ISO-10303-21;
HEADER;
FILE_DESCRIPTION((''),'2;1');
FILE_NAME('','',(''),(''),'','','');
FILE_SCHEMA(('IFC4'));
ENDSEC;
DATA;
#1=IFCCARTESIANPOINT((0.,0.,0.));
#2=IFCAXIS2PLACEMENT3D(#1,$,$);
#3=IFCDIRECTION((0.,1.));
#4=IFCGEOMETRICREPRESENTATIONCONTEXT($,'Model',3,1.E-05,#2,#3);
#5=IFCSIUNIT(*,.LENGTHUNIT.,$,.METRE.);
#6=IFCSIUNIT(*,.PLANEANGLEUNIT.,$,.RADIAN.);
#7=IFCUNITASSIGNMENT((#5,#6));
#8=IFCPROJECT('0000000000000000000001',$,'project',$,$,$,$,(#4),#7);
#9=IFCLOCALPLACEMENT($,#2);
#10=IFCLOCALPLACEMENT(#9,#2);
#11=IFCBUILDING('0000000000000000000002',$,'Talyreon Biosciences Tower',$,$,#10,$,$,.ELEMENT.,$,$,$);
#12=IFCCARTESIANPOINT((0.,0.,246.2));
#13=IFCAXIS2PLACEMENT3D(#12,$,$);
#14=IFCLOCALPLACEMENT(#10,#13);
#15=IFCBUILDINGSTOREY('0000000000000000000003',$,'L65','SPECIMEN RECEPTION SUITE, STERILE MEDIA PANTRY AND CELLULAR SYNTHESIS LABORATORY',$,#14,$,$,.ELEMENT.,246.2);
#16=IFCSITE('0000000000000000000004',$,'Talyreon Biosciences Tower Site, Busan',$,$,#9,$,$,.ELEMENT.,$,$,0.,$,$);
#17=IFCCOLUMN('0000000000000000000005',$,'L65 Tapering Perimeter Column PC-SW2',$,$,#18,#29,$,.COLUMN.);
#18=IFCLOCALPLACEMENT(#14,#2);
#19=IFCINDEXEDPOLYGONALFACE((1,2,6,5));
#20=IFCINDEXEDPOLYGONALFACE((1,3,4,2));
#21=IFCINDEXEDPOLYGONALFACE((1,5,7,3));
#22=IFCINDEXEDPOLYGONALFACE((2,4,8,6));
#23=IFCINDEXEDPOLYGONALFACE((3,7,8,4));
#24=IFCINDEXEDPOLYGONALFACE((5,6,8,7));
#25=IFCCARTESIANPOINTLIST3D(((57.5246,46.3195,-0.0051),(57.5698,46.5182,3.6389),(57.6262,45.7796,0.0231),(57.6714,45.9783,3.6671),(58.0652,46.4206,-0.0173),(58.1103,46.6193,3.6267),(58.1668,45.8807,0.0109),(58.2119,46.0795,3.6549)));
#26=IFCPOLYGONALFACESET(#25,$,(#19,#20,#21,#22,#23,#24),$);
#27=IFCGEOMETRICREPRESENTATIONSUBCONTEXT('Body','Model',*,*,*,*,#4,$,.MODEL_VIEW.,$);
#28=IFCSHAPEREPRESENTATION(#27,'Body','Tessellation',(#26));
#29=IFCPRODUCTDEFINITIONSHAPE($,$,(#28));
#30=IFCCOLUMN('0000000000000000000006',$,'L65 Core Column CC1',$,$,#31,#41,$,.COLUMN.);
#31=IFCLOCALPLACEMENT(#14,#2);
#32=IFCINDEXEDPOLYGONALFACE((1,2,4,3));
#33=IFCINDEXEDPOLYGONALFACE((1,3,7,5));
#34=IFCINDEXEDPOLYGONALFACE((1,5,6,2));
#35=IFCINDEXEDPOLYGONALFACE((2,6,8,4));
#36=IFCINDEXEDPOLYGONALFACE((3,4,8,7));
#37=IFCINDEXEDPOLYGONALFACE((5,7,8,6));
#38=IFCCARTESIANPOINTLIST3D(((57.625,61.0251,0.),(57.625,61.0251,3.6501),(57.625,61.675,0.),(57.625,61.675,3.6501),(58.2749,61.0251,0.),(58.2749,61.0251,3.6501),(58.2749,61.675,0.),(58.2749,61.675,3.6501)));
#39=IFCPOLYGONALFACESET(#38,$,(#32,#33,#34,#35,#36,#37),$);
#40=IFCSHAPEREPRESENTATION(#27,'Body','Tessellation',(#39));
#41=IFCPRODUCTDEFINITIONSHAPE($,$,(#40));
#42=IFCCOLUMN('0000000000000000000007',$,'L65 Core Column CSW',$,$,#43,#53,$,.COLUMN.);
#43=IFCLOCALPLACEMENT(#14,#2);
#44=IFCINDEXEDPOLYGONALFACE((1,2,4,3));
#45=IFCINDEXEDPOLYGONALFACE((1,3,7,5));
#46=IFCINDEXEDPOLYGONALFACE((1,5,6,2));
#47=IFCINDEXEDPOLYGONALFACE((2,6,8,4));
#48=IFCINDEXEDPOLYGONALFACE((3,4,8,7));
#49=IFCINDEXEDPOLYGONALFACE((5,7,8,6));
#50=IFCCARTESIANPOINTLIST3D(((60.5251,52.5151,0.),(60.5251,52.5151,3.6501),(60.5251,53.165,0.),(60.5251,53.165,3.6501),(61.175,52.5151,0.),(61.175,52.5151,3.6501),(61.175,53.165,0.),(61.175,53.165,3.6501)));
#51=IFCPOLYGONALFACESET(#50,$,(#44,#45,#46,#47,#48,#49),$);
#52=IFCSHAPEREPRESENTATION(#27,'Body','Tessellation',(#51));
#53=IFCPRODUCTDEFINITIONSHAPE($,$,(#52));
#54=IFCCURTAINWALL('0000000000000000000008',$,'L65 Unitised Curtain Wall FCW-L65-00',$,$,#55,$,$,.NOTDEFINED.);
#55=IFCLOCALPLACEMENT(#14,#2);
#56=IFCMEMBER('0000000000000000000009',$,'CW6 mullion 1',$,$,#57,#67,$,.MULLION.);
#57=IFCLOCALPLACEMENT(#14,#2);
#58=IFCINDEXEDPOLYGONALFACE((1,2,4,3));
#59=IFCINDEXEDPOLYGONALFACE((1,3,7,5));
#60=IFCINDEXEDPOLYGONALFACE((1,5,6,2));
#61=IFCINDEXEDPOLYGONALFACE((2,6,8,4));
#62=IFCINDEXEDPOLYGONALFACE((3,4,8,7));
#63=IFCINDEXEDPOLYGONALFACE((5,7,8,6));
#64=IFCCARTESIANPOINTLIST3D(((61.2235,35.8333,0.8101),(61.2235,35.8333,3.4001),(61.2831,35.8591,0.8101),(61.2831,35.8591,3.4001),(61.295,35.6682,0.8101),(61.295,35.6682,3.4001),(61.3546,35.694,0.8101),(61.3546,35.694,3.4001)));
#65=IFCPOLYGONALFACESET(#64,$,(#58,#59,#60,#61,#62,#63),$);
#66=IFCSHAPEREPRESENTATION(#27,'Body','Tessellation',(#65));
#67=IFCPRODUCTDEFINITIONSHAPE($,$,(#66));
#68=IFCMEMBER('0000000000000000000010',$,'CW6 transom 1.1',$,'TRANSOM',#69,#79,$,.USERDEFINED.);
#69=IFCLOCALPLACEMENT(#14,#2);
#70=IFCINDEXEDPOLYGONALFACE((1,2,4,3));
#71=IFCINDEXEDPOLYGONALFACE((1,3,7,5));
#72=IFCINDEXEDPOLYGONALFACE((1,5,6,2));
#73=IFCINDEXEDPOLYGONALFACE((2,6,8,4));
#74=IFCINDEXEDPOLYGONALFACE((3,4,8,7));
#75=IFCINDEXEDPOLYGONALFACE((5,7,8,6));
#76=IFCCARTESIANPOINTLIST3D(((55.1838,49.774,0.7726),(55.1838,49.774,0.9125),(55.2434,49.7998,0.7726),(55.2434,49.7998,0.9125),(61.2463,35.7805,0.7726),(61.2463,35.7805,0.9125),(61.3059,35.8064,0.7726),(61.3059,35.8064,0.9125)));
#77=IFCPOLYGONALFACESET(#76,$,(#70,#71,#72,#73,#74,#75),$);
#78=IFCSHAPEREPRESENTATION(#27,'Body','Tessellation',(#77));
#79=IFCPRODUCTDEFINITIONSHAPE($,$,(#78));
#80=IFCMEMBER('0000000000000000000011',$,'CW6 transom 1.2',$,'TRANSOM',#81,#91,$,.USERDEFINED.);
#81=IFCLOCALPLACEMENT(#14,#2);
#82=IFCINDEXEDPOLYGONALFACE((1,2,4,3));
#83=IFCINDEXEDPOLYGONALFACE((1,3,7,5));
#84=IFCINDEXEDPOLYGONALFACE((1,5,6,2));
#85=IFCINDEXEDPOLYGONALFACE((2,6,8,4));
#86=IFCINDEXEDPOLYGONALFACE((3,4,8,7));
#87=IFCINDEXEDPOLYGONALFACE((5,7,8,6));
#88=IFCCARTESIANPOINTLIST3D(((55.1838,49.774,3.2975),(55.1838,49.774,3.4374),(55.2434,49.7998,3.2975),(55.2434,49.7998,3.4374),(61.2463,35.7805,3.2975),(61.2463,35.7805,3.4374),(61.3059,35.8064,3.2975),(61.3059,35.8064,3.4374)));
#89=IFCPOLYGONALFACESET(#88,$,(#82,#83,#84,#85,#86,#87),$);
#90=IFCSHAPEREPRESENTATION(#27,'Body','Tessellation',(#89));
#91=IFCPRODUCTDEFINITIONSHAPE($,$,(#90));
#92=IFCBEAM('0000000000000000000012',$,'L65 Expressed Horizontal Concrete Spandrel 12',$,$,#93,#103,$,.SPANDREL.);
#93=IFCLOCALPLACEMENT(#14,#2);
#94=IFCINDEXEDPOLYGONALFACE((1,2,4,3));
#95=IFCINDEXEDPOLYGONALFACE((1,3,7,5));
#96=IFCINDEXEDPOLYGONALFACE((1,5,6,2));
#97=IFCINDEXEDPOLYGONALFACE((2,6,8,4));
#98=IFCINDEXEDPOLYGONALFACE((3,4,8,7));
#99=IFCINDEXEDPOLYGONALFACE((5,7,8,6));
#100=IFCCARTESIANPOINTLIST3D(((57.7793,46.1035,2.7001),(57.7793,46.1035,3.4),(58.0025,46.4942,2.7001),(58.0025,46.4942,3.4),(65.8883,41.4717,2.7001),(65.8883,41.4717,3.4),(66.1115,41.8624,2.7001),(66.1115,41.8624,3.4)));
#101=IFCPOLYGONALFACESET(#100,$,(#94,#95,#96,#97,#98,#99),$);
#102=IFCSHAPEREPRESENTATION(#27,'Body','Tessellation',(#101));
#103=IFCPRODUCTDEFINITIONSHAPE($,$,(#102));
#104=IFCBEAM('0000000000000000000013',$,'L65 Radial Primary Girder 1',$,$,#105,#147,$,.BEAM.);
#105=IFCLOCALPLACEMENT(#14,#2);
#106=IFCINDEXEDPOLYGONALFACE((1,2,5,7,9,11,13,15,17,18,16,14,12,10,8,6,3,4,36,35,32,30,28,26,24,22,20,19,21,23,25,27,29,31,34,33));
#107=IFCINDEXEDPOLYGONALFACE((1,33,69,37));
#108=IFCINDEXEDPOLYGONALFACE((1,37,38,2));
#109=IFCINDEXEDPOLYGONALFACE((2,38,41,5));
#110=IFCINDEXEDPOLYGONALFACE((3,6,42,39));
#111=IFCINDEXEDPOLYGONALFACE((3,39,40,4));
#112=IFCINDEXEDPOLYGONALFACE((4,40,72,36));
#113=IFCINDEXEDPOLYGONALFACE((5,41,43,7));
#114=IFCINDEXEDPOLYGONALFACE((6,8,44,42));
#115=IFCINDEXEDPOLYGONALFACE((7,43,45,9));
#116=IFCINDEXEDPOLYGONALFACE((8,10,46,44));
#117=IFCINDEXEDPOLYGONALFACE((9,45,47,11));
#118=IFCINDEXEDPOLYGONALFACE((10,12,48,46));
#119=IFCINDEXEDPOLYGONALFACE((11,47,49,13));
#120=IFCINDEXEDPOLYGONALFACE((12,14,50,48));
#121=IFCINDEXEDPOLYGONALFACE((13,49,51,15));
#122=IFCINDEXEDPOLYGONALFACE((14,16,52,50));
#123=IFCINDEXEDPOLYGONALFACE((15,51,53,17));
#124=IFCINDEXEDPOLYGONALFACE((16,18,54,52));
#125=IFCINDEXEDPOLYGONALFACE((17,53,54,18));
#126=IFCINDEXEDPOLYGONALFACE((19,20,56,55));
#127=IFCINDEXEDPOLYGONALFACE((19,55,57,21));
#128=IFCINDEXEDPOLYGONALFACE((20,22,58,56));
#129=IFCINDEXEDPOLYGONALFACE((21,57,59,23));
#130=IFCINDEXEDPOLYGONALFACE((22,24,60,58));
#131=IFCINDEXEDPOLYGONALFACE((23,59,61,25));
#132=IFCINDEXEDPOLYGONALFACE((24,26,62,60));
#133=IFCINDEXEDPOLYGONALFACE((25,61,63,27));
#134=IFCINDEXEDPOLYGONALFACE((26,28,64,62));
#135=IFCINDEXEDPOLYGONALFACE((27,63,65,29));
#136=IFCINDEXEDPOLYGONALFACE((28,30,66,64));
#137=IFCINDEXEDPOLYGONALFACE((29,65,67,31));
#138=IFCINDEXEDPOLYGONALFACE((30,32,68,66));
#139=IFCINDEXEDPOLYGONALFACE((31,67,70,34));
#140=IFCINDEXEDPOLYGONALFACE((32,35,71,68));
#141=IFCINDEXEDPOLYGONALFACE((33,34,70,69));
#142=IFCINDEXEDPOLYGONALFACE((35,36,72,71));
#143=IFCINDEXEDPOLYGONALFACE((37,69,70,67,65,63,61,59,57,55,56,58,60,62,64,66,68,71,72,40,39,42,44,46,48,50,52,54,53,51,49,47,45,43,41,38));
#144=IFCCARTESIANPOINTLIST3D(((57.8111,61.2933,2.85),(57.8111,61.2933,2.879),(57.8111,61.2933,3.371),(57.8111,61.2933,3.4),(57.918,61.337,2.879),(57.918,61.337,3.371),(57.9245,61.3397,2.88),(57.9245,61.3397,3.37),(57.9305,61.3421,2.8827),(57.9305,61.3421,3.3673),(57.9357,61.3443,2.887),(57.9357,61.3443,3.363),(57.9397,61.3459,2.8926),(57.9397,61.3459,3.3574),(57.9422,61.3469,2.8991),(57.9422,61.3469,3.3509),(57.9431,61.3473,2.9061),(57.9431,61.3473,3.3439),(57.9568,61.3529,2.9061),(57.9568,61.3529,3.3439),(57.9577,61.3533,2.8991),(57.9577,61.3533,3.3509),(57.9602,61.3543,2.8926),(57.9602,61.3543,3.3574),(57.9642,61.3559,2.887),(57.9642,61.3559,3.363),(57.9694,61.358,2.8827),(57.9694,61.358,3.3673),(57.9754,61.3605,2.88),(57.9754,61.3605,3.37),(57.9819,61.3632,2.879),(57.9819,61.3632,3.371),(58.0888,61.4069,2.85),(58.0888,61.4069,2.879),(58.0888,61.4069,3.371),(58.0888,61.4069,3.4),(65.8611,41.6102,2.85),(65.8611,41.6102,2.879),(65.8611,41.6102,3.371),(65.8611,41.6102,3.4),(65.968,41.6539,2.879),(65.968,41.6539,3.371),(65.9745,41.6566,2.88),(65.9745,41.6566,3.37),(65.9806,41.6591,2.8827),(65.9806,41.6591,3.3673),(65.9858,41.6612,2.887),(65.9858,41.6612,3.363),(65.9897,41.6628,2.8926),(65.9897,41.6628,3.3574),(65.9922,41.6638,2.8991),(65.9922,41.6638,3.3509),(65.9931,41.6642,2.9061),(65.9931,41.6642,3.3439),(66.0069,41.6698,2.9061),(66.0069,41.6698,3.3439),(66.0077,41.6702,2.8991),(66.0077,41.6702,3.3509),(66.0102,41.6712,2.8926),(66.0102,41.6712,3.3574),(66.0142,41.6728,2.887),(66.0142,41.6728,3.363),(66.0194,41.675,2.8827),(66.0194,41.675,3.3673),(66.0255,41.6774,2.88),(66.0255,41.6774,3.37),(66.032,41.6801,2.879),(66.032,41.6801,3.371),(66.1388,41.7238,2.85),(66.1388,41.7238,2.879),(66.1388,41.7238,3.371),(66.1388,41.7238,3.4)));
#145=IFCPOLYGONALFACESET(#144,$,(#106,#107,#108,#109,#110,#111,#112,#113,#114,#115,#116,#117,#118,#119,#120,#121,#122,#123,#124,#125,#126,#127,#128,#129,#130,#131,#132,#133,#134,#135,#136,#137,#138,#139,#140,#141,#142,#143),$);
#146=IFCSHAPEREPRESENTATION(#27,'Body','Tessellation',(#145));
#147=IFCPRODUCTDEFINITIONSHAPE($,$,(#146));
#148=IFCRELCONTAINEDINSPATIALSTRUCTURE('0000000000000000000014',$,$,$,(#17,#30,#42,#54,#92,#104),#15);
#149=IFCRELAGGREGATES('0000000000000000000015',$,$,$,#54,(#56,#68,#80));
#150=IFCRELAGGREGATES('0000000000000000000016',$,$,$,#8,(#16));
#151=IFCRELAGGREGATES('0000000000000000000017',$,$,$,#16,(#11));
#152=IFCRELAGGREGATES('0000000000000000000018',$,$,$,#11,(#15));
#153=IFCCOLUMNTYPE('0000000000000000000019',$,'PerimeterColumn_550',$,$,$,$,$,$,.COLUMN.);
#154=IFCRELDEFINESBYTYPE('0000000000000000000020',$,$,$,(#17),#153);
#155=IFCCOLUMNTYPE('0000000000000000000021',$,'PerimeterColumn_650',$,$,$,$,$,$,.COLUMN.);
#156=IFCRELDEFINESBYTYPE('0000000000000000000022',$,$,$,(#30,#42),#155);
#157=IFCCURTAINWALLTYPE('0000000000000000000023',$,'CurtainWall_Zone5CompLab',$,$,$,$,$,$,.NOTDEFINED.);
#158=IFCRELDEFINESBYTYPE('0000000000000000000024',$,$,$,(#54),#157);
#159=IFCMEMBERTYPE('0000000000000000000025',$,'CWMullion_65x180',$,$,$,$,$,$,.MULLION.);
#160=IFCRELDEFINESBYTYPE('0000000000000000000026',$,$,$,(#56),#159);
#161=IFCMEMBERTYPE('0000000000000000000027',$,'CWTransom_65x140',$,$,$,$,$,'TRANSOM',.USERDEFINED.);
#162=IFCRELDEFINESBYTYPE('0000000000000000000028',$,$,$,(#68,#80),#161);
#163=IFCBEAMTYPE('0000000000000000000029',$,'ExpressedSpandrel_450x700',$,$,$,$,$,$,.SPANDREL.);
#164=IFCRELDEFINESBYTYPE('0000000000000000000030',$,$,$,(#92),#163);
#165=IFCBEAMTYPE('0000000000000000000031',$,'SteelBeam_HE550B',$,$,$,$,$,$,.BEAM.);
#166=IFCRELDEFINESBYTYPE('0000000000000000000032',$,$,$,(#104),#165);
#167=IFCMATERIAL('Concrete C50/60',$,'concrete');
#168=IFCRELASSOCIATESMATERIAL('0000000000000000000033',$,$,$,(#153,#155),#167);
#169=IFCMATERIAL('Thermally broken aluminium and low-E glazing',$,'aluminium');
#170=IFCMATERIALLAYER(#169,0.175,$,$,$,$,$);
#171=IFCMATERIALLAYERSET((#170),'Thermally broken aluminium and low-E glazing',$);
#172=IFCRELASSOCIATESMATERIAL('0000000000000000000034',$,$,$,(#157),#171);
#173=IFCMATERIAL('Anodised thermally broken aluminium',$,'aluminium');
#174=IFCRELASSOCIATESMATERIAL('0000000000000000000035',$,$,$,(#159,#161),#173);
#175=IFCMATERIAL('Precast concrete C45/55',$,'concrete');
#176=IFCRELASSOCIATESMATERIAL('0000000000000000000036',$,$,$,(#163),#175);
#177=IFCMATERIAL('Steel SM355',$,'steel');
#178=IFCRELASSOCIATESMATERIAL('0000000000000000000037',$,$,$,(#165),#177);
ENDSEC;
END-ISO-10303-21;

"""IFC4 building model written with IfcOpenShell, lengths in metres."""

from ifc_helpers import new_model, si_unit, direction, frame, origin, origin_2d, place, context, subcontext, project, spatial, rectangle, i_section, extrude, material, layer, layer_set, material_profile, profile_set, type_object, element, aggregate, save


model = new_model("IFC4")

# Units and contexts
model_context = context("Model", 3, precision=1e-05, world=origin(), true_north=direction((0.0, 1.0)))
body_context = subcontext(model_context, "Body", "Model", "MODEL_VIEW")
ifc_project = project(units=[si_unit("LENGTHUNIT", "METRE"), si_unit("PLANEANGLEUNIT", "RADIAN")], contexts=[model_context])

# Site, building, storey
site_placement = place(None, origin())
site = spatial("IfcSite", under=ifc_project, at=site_placement, Name="Talyreon Biosciences Tower Site, Busan", CompositionType="ELEMENT", RefElevation=0.0)
building_placement = place(site_placement, origin())
building = spatial("IfcBuilding", under=site, at=building_placement, Name="Talyreon Biosciences Tower", CompositionType="ELEMENT")
storey_placement = place(building_placement, frame((0.0, 0.0, 246.2)))
storey = spatial("IfcBuildingStorey", under=building, at=storey_placement, Name="L65", Description="SPECIMEN RECEPTION SUITE, STERILE MEDIA PANTRY AND CELLULAR SYNTHESIS LABORATORY", CompositionType="ELEMENT", Elevation=246.2)

# Columns
ifc_material_1 = material(Name="Concrete C50/60", Category="concrete")
ifc_material_profile_1 = material_profile(ifc_material_1, rectangle(XDim=0.55, YDim=0.55, at=origin_2d()), Name="RC 550x550")
ifc_profile_set_1 = profile_set([ifc_material_profile_1], Name="Concrete C50/60")
column_type_1 = type_object("IfcColumnType", Name="PerimeterColumn_550", PredefinedType="COLUMN", material=ifc_profile_set_1)
column_placement = place(storey_placement, frame((57.8457, 46.1001, 0.0029), z_axis=(0.012375, 0.054451, 0.99844), x_axis=(-0.184727, 0.981453, -0.051235)))
element("IfcColumn", 1, at=column_placement, inside=storey, type_object=column_type_1, Name="L65 Tapering Perimeter Column PC-SW2", PredefinedType="COLUMN", context=body_context, shape_type="SweptSolid", body=[
    extrude(rectangle(XDim=0.55, YDim=0.55, at=origin_2d()), origin(), (0.0, 0.0, 1.0), 3.6497),
])
ifc_material_profile_2 = material_profile(ifc_material_1, rectangle(XDim=0.6499, YDim=0.6499, at=origin_2d()), Name="RC 650x650")
ifc_profile_set_2 = profile_set([ifc_material_profile_2], Name="Concrete C50/60")
column_type_2 = type_object("IfcColumnType", Name="PerimeterColumn_650", PredefinedType="COLUMN", material=ifc_profile_set_2)
for number, where, z_axis, x_axis, name in (
    (2, (57.95, 61.3501, 0.0), (0.0, 0.0, 1.0), (1.0, 0.0, 0.0), "L65 Core Column CC1"),
    (3, (60.8501, 52.8401, 0.0), (0.0, 0.0, 1.0), (1.0, 0.0, 0.0), "L65 Core Column CSW"),
):
    element("IfcColumn", number, at=place(storey_placement, frame(where, z_axis=z_axis, x_axis=x_axis)), inside=storey, type_object=column_type_2, Name=name, PredefinedType="COLUMN", context=body_context, shape_type="SweptSolid", body=[
        extrude(rectangle(XDim=0.6499, YDim=0.6499, at=origin_2d()), origin(), (0.0, 0.0, 1.0), 3.6501),
    ])

# Curtain wall, members
ifc_material_2 = material(Name="Thermally broken aluminium and low-E glazing", Category="aluminium")
ifc_layer_1 = layer(ifc_material_2, 0.175)
ifc_layer_set_1 = layer_set([ifc_layer_1], Name="Thermally broken aluminium and low-E glazing")
curtain_wall_type = type_object("IfcCurtainWallType", Name="CurtainWall_Zone5CompLab", PredefinedType="NOTDEFINED", material=ifc_layer_set_1)
curtain_wall_placement = place(storey_placement, origin())
curtain_wall = element("IfcCurtainWall", 4, at=curtain_wall_placement, inside=storey, type_object=curtain_wall_type, Name="L65 Unitised Curtain Wall FCW-L65-00", PredefinedType="NOTDEFINED")
ifc_material_3 = material(Name="Anodised thermally broken aluminium", Category="aluminium")
ifc_material_profile_3 = material_profile(ifc_material_3, rectangle(XDim=0.0649, YDim=0.1799, at=origin_2d()), Name="ALUM MULLION 65x180")
ifc_profile_set_3 = profile_set([ifc_material_profile_3], Name="Anodised thermally broken aluminium")
member_type_1 = type_object("IfcMemberType", Name="CWMullion_65x180", PredefinedType="MULLION", material=ifc_profile_set_3)
member_1_placement = place(storey_placement, frame((61.2891, 35.7637, 0.8101), z_axis=(0.0, 0.0, 1.0), x_axis=(-0.917586, -0.397537, 0.0)))
member_1 = element("IfcMember", 5, at=member_1_placement, type_object=member_type_1, Name="CW6 mullion 1", PredefinedType="MULLION", context=body_context, shape_type="SweptSolid", body=[
    extrude(rectangle(XDim=0.0649, YDim=0.1799, at=origin_2d()), origin(), (0.0, 0.0, 1.0), 2.5901),
])
ifc_material_profile_4 = material_profile(ifc_material_3, rectangle(XDim=0.0649, YDim=0.1399, at=origin_2d()), Name="ALUM TRANSOM 65x140")
ifc_profile_set_4 = profile_set([ifc_material_profile_4], Name="Anodised thermally broken aluminium")
member_type_2 = type_object("IfcMemberType", Name="CWTransom_65x140", ElementType="TRANSOM", PredefinedType="USERDEFINED", material=ifc_profile_set_4)
member_2_placement = place(storey_placement, frame((61.2761, 35.7935, 0.8425), z_axis=(-0.397535, 0.917587, 0.0), x_axis=(-0.917587, -0.397535, 0.0)))
member_2 = element("IfcMember", 6, at=member_2_placement, type_object=member_type_2, Name="CW6 transom 1.1", ObjectType="TRANSOM", PredefinedType="USERDEFINED", context=body_context, shape_type="SweptSolid", body=[
    extrude(rectangle(XDim=0.0649, YDim=0.1399, at=origin_2d()), origin(), (0.0, 0.0, 1.0), 15.2502),
])
member_3_placement = place(storey_placement, frame((61.2761, 35.7935, 3.3674), z_axis=(-0.397535, 0.917587, 0.0), x_axis=(-0.917587, -0.397535, 0.0)))
member_3 = element("IfcMember", 7, at=member_3_placement, type_object=member_type_2, Name="CW6 transom 1.2", ObjectType="TRANSOM", PredefinedType="USERDEFINED", context=body_context, shape_type="SweptSolid", body=[
    extrude(rectangle(XDim=0.0649, YDim=0.1399, at=origin_2d()), origin(), (0.0, 0.0, 1.0), 15.2502),
])

# Beams
ifc_material_4 = material(Name="Precast concrete C45/55", Category="concrete")
ifc_material_profile_5 = material_profile(ifc_material_4, rectangle(XDim=0.45, YDim=0.7, at=origin_2d()), Name="RCB 450x700")
ifc_profile_set_5 = profile_set([ifc_material_profile_5], Name="Precast concrete C45/55")
beam_type_1 = type_object("IfcBeamType", Name="ExpressedSpandrel_450x700", PredefinedType="SPANDREL", material=ifc_profile_set_5)
beam_1_placement = place(storey_placement, frame((57.8909, 46.2988, 3.05), z_axis=(0.868333, -0.495981, 0.0), x_axis=(0.495981, 0.868333, 0.0)))
element("IfcBeam", 8, at=beam_1_placement, inside=storey, type_object=beam_type_1, Name="L65 Expressed Horizontal Concrete Spandrel 12", PredefinedType="SPANDREL", context=body_context, shape_type="SweptSolid", body=[
    extrude(rectangle(XDim=0.45, YDim=0.7, at=origin_2d()), origin(), (0.0, 0.0, 1.0), 9.3386),
])
ifc_material_5 = material(Name="Steel SM355", Category="steel")
ifc_material_profile_6 = material_profile(ifc_material_5, i_section(OverallWidth=0.3, OverallDepth=0.55, WebThickness=0.0149, FlangeThickness=0.0291, FilletRadius=0.0271, at=origin_2d()), Name="HE550B")
ifc_profile_set_6 = profile_set([ifc_material_profile_6], Name="Steel SM355")
beam_type_2 = type_object("IfcBeamType", Name="SteelBeam_HE550B", PredefinedType="BEAM", material=ifc_profile_set_6)
beam_2_placement = place(storey_placement, frame((57.95, 61.3501, 3.125), z_axis=(0.378547, -0.925582, 0.0), x_axis=(0.925582, 0.378547, 0.0)))
element("IfcBeam", 9, at=beam_2_placement, inside=storey, type_object=beam_type_2, Name="L65 Radial Primary Girder 1", PredefinedType="BEAM", context=body_context, shape_type="SweptSolid", body=[
    extrude(i_section(OverallWidth=0.3, OverallDepth=0.55, WebThickness=0.0149, FlangeThickness=0.0291, FilletRadius=0.0271, at=origin_2d()), origin(), (0.0, 0.0, 1.0), 21.2656),
])

aggregate(curtain_wall, [member_1, member_2, member_3])

save(model, "model.ifc")
